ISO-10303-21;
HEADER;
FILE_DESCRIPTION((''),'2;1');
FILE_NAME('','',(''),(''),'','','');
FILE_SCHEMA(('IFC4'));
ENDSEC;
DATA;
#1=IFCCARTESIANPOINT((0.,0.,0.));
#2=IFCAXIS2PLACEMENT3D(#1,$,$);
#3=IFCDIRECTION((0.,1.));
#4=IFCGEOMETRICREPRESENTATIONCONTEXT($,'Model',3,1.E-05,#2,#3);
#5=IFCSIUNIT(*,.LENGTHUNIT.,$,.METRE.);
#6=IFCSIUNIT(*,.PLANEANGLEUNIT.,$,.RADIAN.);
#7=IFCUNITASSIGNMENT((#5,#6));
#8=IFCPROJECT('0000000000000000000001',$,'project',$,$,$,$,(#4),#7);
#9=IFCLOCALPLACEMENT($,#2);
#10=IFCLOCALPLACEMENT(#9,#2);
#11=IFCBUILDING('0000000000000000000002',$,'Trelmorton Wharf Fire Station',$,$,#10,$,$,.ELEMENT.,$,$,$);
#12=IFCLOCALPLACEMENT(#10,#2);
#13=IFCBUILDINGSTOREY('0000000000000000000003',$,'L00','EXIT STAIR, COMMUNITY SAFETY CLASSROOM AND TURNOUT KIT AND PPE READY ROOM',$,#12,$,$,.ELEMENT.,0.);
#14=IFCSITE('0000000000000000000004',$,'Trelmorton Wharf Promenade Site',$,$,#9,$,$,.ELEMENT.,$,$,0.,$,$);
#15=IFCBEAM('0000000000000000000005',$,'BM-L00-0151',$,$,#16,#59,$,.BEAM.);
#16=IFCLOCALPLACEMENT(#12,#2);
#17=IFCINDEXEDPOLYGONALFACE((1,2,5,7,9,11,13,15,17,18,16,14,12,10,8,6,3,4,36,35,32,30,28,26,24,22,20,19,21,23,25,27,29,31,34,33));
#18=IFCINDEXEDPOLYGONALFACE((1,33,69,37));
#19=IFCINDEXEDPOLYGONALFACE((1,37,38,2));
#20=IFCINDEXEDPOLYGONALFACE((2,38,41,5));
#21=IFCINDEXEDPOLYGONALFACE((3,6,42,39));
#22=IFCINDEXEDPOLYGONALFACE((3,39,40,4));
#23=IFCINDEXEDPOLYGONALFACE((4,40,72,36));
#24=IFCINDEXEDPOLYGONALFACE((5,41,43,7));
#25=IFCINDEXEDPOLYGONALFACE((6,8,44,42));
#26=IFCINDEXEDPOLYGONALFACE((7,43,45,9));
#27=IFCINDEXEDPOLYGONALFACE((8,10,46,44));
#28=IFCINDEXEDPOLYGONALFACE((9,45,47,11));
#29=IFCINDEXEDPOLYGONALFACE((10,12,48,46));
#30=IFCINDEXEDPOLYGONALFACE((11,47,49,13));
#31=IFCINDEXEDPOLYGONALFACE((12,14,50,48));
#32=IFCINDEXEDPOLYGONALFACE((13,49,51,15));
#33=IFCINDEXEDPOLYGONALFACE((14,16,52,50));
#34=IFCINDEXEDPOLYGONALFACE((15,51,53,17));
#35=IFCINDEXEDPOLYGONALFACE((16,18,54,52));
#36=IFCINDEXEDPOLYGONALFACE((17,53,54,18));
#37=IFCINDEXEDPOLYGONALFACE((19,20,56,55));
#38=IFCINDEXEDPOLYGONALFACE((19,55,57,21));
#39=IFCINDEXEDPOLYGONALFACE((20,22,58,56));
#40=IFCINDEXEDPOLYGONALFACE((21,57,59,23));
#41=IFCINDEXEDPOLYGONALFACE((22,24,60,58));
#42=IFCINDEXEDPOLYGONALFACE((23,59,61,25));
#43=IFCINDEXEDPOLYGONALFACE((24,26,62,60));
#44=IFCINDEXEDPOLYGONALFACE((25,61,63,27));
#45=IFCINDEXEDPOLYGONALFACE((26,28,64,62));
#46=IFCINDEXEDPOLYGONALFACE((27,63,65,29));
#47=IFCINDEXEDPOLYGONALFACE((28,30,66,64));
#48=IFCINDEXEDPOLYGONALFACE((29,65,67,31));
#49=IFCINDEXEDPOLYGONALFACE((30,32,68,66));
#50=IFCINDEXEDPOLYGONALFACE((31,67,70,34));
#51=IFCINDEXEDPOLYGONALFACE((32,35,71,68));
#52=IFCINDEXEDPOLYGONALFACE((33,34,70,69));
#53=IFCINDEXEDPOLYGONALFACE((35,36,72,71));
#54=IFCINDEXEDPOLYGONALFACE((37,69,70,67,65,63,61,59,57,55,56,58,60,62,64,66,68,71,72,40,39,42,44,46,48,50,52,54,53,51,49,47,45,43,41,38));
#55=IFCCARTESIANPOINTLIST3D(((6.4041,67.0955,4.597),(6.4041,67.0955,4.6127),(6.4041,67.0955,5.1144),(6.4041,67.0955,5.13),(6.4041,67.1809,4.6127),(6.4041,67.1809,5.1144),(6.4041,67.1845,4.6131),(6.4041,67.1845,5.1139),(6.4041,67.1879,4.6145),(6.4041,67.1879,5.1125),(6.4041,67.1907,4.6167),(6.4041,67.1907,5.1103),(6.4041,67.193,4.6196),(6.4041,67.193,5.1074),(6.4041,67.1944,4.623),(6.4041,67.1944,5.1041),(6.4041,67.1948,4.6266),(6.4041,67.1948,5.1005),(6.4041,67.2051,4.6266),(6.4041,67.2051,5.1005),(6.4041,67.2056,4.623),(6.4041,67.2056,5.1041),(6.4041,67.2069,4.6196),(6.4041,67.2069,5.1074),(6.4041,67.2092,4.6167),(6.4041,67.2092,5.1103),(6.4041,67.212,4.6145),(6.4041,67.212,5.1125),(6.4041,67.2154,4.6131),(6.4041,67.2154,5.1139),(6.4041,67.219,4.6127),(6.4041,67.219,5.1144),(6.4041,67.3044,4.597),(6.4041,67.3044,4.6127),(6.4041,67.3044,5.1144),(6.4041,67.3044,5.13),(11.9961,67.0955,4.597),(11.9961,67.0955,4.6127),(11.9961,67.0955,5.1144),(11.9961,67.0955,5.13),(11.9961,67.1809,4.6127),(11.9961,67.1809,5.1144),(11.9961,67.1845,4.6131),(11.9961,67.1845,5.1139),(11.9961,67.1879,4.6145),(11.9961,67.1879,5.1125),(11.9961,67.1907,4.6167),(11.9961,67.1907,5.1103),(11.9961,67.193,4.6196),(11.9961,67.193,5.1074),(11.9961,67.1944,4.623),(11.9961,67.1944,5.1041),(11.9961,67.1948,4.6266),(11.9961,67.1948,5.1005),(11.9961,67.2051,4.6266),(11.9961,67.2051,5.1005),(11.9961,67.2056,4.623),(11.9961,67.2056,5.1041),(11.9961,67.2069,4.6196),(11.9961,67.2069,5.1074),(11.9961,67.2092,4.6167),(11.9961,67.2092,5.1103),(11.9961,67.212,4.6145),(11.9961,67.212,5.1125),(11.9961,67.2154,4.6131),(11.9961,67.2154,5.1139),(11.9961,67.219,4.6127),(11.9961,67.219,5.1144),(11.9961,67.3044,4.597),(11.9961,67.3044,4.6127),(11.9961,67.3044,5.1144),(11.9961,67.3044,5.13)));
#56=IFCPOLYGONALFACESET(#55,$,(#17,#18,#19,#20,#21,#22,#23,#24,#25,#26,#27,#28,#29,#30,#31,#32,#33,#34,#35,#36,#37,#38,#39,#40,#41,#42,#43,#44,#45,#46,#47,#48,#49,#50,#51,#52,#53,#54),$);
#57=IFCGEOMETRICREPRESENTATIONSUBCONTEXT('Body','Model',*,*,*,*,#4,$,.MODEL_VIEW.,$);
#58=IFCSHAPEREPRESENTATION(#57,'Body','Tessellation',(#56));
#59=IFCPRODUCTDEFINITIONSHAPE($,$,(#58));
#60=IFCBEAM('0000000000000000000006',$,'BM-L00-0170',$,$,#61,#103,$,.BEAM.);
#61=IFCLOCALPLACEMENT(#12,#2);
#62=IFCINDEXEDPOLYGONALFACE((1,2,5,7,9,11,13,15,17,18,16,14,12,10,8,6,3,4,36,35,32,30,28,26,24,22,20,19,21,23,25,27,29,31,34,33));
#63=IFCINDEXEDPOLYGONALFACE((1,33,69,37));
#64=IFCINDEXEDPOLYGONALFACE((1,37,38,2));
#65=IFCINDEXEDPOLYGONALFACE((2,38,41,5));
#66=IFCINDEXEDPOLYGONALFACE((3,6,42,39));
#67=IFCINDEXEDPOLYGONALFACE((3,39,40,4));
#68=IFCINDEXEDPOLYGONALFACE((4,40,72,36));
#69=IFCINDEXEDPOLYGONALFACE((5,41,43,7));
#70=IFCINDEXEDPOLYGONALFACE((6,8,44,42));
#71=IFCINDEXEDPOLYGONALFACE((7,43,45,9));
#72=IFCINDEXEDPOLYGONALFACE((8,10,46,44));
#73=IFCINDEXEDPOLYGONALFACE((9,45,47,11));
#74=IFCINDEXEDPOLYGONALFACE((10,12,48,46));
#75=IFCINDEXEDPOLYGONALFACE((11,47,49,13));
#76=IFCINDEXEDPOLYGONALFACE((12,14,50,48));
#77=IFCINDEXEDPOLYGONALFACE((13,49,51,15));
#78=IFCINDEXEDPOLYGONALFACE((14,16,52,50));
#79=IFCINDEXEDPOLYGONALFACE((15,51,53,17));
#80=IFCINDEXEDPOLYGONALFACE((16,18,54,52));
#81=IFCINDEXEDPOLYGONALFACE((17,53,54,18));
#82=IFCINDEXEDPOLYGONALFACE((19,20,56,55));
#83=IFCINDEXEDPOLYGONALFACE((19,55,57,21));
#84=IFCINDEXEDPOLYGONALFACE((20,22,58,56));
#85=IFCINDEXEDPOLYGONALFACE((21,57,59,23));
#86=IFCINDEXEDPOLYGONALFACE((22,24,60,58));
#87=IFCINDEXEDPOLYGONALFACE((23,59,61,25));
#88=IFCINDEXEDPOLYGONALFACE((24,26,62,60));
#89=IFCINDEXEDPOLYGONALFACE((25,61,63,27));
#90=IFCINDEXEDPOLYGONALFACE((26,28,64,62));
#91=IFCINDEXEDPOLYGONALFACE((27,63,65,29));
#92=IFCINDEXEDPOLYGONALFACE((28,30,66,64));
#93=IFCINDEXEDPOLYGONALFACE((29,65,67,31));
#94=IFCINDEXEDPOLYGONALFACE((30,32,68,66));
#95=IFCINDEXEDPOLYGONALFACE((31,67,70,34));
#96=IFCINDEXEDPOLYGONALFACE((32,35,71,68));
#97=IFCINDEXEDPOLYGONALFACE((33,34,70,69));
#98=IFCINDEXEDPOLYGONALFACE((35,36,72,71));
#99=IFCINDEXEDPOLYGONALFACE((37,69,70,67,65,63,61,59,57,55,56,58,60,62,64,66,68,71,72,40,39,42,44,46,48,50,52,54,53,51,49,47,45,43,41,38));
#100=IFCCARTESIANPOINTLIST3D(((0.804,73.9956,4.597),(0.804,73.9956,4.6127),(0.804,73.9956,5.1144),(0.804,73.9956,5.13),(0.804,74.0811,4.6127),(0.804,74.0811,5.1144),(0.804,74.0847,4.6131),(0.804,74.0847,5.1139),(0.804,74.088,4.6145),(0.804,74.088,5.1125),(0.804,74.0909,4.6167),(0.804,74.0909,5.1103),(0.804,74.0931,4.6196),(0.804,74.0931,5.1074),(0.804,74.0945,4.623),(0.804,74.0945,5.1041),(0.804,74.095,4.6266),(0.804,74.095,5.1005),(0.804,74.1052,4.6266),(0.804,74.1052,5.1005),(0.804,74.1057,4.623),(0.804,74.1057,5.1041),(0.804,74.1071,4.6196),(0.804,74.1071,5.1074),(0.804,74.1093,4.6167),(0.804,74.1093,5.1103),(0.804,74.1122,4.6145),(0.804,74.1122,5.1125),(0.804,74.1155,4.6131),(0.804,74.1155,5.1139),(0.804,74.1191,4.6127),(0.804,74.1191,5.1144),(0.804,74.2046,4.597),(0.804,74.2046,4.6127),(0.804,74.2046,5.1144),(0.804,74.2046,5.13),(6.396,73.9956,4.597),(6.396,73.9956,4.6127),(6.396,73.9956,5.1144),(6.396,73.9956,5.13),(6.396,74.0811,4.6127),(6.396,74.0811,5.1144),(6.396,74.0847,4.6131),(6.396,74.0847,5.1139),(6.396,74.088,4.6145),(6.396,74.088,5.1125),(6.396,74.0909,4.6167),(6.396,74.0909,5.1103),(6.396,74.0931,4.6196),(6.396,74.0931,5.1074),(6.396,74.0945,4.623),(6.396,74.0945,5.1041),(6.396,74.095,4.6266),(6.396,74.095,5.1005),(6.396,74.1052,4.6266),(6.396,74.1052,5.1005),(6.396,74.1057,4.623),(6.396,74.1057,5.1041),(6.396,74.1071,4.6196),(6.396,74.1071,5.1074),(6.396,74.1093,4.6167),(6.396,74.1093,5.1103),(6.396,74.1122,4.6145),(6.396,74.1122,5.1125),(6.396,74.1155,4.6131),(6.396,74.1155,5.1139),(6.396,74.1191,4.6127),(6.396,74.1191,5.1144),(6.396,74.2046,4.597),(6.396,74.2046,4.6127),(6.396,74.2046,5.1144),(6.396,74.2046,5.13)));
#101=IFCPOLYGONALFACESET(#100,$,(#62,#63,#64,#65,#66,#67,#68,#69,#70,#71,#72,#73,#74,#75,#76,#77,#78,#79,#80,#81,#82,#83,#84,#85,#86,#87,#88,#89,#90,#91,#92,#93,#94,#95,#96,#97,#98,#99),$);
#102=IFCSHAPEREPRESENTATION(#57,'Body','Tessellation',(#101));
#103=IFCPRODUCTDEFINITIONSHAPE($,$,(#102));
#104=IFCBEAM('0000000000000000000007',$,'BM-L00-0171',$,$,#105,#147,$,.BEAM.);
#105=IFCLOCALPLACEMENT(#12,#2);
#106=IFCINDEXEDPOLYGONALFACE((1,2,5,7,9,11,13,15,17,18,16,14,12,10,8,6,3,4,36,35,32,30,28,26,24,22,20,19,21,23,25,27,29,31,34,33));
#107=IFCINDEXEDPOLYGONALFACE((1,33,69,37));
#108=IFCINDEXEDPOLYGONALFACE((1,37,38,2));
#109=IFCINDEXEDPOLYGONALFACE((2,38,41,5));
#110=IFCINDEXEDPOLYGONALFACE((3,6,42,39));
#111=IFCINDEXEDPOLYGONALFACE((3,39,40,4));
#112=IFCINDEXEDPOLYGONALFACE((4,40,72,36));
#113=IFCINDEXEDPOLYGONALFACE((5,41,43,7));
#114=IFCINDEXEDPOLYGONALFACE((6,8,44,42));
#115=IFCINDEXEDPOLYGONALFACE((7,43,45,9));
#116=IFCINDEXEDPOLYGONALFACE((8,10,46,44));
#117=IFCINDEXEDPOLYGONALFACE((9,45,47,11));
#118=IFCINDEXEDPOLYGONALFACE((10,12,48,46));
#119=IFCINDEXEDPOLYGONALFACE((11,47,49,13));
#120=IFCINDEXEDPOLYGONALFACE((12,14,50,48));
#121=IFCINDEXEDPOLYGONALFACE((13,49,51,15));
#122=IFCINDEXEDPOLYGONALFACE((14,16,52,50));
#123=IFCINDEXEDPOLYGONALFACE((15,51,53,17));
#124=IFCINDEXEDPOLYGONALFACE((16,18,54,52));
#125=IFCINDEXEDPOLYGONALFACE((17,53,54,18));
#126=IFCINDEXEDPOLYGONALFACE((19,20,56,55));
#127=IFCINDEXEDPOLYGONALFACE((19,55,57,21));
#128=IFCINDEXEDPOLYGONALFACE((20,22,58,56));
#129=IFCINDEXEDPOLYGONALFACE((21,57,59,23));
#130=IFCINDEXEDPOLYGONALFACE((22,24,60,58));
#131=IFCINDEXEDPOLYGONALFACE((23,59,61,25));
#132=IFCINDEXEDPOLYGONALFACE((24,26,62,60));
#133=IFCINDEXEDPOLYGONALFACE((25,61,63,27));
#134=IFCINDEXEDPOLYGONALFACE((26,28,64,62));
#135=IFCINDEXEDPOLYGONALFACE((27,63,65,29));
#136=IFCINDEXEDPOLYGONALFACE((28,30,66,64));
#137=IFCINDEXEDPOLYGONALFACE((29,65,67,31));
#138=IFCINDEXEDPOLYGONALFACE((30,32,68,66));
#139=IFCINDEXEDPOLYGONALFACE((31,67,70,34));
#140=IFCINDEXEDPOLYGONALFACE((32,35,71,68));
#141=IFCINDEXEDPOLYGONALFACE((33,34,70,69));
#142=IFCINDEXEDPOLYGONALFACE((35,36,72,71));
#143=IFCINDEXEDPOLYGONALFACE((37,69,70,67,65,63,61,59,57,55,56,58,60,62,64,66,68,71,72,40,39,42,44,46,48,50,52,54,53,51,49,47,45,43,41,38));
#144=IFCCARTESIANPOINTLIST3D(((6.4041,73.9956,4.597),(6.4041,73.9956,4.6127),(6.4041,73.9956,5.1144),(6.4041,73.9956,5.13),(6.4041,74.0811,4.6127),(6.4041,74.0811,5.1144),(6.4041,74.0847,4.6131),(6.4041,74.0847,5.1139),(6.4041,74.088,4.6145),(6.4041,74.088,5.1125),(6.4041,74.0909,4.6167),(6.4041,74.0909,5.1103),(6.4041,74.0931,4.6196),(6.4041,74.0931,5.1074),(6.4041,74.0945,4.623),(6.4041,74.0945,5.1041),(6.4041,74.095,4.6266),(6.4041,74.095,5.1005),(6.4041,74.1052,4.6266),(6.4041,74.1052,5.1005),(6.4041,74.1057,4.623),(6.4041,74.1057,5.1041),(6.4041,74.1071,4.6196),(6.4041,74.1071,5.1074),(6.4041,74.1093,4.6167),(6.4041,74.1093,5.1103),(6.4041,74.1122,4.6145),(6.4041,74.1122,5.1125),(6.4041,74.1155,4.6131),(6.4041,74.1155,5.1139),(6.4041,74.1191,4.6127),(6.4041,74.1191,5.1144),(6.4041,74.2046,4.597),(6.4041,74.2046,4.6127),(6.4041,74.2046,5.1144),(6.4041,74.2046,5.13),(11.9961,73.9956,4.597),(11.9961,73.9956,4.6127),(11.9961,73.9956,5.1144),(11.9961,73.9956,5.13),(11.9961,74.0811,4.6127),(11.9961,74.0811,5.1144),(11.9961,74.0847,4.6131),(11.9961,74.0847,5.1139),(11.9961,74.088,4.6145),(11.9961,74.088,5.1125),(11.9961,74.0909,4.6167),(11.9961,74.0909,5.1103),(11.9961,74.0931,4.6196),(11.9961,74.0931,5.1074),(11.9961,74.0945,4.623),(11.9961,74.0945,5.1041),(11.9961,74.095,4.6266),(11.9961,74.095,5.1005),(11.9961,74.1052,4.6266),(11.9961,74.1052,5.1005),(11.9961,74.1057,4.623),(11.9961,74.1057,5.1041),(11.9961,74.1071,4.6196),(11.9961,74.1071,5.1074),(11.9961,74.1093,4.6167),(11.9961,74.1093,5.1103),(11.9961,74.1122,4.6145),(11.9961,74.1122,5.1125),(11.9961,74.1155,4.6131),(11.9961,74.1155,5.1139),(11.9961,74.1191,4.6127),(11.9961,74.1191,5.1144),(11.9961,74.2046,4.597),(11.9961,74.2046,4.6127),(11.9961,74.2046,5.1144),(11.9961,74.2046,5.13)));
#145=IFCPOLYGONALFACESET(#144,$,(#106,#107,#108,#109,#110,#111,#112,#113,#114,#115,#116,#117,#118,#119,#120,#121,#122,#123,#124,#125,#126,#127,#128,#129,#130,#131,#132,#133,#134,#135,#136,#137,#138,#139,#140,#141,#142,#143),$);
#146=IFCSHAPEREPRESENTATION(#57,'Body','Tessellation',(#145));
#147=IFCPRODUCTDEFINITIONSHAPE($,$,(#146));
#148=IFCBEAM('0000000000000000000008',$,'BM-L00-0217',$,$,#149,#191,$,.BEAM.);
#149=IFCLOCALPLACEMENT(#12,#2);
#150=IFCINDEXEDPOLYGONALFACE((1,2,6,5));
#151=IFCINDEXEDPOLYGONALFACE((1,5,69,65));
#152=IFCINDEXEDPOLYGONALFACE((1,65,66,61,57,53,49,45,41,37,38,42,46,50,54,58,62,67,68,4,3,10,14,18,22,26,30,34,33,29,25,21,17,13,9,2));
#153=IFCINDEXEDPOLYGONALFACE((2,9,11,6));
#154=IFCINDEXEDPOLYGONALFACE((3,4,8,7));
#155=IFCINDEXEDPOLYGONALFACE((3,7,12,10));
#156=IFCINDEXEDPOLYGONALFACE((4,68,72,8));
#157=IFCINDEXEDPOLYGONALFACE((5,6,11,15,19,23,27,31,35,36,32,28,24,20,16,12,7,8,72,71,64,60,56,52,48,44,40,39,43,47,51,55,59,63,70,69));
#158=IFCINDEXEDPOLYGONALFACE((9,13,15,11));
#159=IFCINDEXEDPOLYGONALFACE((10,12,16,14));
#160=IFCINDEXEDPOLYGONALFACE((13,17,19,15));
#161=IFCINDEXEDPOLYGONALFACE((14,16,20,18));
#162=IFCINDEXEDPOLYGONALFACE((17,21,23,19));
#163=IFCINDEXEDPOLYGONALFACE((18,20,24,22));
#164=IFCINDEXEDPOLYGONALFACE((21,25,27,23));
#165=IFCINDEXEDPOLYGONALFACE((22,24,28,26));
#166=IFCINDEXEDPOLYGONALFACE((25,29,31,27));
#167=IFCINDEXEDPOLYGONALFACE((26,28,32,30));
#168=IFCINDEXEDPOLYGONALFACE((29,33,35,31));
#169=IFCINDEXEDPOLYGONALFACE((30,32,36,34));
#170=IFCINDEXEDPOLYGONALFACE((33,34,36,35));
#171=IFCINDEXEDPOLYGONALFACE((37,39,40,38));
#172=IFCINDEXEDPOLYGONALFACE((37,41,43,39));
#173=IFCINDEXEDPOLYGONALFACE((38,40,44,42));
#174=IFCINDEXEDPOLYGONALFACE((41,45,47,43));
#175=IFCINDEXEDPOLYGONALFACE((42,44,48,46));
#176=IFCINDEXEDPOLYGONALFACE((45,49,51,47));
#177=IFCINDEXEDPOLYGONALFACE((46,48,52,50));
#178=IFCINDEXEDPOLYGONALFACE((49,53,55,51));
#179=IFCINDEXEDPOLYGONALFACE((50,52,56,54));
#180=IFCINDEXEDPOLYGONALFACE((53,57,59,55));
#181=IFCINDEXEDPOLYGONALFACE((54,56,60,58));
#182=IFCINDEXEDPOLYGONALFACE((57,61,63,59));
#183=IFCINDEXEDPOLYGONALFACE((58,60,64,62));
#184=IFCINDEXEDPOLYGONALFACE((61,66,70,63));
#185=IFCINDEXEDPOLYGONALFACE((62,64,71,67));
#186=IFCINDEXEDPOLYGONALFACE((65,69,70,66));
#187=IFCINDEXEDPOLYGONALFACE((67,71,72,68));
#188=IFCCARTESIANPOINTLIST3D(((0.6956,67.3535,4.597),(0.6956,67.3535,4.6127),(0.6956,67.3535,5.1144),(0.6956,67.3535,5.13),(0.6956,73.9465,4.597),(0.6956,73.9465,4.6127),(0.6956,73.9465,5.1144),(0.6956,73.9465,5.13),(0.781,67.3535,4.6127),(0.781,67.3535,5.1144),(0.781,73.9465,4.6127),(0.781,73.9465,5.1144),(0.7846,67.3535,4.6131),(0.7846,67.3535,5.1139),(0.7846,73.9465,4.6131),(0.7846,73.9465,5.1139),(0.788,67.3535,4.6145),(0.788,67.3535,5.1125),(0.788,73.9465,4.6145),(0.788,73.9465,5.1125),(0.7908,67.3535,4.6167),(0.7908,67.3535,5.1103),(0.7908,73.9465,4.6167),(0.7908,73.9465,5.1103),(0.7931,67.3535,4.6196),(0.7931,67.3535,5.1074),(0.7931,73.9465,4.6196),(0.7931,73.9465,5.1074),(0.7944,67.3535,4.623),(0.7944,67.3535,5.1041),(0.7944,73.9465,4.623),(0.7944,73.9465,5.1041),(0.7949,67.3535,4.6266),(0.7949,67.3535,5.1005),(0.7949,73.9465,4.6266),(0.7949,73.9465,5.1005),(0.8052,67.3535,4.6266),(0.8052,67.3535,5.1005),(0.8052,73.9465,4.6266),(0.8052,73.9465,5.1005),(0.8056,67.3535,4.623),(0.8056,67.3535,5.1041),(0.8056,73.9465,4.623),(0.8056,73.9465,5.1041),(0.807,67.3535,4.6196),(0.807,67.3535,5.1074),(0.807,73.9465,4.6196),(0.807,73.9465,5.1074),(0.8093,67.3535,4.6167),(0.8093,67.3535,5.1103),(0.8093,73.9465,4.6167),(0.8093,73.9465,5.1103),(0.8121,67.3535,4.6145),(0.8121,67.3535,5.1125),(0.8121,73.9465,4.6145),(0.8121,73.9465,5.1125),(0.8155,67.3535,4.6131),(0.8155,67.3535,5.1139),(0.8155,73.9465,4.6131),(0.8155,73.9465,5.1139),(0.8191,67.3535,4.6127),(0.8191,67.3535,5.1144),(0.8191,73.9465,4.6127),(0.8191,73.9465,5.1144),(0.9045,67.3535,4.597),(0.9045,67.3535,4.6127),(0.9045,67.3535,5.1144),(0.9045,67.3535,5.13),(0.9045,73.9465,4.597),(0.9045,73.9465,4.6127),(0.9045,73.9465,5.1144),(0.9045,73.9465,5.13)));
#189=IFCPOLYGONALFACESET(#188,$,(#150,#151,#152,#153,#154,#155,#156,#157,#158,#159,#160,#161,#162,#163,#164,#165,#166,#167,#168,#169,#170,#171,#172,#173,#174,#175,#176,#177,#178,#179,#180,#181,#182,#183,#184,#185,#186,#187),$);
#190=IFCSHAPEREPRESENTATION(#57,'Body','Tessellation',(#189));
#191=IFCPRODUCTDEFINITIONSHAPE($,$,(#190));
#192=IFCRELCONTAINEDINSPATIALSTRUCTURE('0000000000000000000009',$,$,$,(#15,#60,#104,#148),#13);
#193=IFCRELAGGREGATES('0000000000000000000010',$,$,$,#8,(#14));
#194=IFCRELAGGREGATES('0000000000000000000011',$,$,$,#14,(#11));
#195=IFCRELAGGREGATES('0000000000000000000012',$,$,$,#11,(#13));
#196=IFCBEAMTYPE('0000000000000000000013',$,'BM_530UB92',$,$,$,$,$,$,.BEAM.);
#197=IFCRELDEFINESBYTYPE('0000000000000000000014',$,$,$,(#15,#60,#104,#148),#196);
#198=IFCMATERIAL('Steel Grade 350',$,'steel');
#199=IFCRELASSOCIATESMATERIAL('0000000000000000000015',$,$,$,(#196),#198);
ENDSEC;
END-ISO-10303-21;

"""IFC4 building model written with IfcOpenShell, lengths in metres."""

from ifc_helpers import new_model, si_unit, direction, frame, origin, origin_2d, place, context, subcontext, project, spatial, i_section, extrude, material, material_profile, profile_set, type_object, element, save


model = new_model("IFC4")

# Units and contexts
model_context = context("Model", 3, precision=1e-05, world=origin(), true_north=direction((0.0, 1.0)))
body_context = subcontext(model_context, "Body", "Model", "MODEL_VIEW")
ifc_project = project(units=[si_unit("LENGTHUNIT", "METRE"), si_unit("PLANEANGLEUNIT", "RADIAN")], contexts=[model_context])

# Site, building, storey
site_placement = place(None, origin())
site = spatial("IfcSite", under=ifc_project, at=site_placement, Name="Trelmorton Wharf Promenade Site", CompositionType="ELEMENT", RefElevation=0.0)
building_placement = place(site_placement, origin())
building = spatial("IfcBuilding", under=site, at=building_placement, Name="Trelmorton Wharf Fire Station", CompositionType="ELEMENT")
storey_placement = place(building_placement, origin())
storey = spatial("IfcBuildingStorey", under=building, at=storey_placement, Name="L00", Description="EXIT STAIR, COMMUNITY SAFETY CLASSROOM AND TURNOUT KIT AND PPE READY ROOM", CompositionType="ELEMENT", Elevation=0.0)

# Shared definitions
ifc_material_1 = material(Name="Steel Grade 350", Category="steel")

# Beams
ifc_material_profile_1 = material_profile(ifc_material_1, i_section(OverallWidth=0.209, OverallDepth=0.533, WebThickness=0.0103, FlangeThickness=0.0156, FilletRadius=0.0139, at=origin_2d()), Name="530UB92.4")
ifc_profile_set_1 = profile_set([ifc_material_profile_1], Name="Steel Grade 350")
beam_type_1 = type_object("IfcBeamType", Name="BM_530UB92", PredefinedType="BEAM", material=ifc_profile_set_1)
for number, where, z_axis, x_axis, name in (
    (1, (6.4041, 67.2, 4.8635), (1.0, 0.0, 0.0), (0.0, 1.0, 0.0), "BM-L00-0151"),
    (2, (0.804, 74.1001, 4.8635), (1.0, 0.0, 0.0), (0.0, 1.0, 0.0), "BM-L00-0170"),
    (3, (6.4041, 74.1001, 4.8635), (1.0, 0.0, 0.0), (0.0, 1.0, 0.0), "BM-L00-0171"),
):
    element("IfcBeam", number, at=place(storey_placement, frame(where, z_axis=z_axis, x_axis=x_axis)), inside=storey, type_object=beam_type_1, Name=name, PredefinedType="BEAM", context=body_context, shape_type="SweptSolid", body=[
        extrude(i_section(OverallWidth=0.209, OverallDepth=0.533, WebThickness=0.0103, FlangeThickness=0.0156, FilletRadius=0.0139, at=origin_2d()), origin(), (0.0, 0.0, 1.0), 5.592),
    ])
for number, where, z_axis, x_axis, name in (
    (4, (0.8, 67.3535, 4.8635), (0.0, 1.0, 0.0), (-1.0, 0.0, 0.0), "BM-L00-0217"),
):
    element("IfcBeam", number, at=place(storey_placement, frame(where, z_axis=z_axis, x_axis=x_axis)), inside=storey, type_object=beam_type_1, Name=name, PredefinedType="BEAM", context=body_context, shape_type="SweptSolid", body=[
        extrude(i_section(OverallWidth=0.209, OverallDepth=0.533, WebThickness=0.0103, FlangeThickness=0.0156, FilletRadius=0.0139, at=origin_2d()), origin(), (0.0, 0.0, 1.0), 6.593),
    ])

save(model, "model.ifc")
